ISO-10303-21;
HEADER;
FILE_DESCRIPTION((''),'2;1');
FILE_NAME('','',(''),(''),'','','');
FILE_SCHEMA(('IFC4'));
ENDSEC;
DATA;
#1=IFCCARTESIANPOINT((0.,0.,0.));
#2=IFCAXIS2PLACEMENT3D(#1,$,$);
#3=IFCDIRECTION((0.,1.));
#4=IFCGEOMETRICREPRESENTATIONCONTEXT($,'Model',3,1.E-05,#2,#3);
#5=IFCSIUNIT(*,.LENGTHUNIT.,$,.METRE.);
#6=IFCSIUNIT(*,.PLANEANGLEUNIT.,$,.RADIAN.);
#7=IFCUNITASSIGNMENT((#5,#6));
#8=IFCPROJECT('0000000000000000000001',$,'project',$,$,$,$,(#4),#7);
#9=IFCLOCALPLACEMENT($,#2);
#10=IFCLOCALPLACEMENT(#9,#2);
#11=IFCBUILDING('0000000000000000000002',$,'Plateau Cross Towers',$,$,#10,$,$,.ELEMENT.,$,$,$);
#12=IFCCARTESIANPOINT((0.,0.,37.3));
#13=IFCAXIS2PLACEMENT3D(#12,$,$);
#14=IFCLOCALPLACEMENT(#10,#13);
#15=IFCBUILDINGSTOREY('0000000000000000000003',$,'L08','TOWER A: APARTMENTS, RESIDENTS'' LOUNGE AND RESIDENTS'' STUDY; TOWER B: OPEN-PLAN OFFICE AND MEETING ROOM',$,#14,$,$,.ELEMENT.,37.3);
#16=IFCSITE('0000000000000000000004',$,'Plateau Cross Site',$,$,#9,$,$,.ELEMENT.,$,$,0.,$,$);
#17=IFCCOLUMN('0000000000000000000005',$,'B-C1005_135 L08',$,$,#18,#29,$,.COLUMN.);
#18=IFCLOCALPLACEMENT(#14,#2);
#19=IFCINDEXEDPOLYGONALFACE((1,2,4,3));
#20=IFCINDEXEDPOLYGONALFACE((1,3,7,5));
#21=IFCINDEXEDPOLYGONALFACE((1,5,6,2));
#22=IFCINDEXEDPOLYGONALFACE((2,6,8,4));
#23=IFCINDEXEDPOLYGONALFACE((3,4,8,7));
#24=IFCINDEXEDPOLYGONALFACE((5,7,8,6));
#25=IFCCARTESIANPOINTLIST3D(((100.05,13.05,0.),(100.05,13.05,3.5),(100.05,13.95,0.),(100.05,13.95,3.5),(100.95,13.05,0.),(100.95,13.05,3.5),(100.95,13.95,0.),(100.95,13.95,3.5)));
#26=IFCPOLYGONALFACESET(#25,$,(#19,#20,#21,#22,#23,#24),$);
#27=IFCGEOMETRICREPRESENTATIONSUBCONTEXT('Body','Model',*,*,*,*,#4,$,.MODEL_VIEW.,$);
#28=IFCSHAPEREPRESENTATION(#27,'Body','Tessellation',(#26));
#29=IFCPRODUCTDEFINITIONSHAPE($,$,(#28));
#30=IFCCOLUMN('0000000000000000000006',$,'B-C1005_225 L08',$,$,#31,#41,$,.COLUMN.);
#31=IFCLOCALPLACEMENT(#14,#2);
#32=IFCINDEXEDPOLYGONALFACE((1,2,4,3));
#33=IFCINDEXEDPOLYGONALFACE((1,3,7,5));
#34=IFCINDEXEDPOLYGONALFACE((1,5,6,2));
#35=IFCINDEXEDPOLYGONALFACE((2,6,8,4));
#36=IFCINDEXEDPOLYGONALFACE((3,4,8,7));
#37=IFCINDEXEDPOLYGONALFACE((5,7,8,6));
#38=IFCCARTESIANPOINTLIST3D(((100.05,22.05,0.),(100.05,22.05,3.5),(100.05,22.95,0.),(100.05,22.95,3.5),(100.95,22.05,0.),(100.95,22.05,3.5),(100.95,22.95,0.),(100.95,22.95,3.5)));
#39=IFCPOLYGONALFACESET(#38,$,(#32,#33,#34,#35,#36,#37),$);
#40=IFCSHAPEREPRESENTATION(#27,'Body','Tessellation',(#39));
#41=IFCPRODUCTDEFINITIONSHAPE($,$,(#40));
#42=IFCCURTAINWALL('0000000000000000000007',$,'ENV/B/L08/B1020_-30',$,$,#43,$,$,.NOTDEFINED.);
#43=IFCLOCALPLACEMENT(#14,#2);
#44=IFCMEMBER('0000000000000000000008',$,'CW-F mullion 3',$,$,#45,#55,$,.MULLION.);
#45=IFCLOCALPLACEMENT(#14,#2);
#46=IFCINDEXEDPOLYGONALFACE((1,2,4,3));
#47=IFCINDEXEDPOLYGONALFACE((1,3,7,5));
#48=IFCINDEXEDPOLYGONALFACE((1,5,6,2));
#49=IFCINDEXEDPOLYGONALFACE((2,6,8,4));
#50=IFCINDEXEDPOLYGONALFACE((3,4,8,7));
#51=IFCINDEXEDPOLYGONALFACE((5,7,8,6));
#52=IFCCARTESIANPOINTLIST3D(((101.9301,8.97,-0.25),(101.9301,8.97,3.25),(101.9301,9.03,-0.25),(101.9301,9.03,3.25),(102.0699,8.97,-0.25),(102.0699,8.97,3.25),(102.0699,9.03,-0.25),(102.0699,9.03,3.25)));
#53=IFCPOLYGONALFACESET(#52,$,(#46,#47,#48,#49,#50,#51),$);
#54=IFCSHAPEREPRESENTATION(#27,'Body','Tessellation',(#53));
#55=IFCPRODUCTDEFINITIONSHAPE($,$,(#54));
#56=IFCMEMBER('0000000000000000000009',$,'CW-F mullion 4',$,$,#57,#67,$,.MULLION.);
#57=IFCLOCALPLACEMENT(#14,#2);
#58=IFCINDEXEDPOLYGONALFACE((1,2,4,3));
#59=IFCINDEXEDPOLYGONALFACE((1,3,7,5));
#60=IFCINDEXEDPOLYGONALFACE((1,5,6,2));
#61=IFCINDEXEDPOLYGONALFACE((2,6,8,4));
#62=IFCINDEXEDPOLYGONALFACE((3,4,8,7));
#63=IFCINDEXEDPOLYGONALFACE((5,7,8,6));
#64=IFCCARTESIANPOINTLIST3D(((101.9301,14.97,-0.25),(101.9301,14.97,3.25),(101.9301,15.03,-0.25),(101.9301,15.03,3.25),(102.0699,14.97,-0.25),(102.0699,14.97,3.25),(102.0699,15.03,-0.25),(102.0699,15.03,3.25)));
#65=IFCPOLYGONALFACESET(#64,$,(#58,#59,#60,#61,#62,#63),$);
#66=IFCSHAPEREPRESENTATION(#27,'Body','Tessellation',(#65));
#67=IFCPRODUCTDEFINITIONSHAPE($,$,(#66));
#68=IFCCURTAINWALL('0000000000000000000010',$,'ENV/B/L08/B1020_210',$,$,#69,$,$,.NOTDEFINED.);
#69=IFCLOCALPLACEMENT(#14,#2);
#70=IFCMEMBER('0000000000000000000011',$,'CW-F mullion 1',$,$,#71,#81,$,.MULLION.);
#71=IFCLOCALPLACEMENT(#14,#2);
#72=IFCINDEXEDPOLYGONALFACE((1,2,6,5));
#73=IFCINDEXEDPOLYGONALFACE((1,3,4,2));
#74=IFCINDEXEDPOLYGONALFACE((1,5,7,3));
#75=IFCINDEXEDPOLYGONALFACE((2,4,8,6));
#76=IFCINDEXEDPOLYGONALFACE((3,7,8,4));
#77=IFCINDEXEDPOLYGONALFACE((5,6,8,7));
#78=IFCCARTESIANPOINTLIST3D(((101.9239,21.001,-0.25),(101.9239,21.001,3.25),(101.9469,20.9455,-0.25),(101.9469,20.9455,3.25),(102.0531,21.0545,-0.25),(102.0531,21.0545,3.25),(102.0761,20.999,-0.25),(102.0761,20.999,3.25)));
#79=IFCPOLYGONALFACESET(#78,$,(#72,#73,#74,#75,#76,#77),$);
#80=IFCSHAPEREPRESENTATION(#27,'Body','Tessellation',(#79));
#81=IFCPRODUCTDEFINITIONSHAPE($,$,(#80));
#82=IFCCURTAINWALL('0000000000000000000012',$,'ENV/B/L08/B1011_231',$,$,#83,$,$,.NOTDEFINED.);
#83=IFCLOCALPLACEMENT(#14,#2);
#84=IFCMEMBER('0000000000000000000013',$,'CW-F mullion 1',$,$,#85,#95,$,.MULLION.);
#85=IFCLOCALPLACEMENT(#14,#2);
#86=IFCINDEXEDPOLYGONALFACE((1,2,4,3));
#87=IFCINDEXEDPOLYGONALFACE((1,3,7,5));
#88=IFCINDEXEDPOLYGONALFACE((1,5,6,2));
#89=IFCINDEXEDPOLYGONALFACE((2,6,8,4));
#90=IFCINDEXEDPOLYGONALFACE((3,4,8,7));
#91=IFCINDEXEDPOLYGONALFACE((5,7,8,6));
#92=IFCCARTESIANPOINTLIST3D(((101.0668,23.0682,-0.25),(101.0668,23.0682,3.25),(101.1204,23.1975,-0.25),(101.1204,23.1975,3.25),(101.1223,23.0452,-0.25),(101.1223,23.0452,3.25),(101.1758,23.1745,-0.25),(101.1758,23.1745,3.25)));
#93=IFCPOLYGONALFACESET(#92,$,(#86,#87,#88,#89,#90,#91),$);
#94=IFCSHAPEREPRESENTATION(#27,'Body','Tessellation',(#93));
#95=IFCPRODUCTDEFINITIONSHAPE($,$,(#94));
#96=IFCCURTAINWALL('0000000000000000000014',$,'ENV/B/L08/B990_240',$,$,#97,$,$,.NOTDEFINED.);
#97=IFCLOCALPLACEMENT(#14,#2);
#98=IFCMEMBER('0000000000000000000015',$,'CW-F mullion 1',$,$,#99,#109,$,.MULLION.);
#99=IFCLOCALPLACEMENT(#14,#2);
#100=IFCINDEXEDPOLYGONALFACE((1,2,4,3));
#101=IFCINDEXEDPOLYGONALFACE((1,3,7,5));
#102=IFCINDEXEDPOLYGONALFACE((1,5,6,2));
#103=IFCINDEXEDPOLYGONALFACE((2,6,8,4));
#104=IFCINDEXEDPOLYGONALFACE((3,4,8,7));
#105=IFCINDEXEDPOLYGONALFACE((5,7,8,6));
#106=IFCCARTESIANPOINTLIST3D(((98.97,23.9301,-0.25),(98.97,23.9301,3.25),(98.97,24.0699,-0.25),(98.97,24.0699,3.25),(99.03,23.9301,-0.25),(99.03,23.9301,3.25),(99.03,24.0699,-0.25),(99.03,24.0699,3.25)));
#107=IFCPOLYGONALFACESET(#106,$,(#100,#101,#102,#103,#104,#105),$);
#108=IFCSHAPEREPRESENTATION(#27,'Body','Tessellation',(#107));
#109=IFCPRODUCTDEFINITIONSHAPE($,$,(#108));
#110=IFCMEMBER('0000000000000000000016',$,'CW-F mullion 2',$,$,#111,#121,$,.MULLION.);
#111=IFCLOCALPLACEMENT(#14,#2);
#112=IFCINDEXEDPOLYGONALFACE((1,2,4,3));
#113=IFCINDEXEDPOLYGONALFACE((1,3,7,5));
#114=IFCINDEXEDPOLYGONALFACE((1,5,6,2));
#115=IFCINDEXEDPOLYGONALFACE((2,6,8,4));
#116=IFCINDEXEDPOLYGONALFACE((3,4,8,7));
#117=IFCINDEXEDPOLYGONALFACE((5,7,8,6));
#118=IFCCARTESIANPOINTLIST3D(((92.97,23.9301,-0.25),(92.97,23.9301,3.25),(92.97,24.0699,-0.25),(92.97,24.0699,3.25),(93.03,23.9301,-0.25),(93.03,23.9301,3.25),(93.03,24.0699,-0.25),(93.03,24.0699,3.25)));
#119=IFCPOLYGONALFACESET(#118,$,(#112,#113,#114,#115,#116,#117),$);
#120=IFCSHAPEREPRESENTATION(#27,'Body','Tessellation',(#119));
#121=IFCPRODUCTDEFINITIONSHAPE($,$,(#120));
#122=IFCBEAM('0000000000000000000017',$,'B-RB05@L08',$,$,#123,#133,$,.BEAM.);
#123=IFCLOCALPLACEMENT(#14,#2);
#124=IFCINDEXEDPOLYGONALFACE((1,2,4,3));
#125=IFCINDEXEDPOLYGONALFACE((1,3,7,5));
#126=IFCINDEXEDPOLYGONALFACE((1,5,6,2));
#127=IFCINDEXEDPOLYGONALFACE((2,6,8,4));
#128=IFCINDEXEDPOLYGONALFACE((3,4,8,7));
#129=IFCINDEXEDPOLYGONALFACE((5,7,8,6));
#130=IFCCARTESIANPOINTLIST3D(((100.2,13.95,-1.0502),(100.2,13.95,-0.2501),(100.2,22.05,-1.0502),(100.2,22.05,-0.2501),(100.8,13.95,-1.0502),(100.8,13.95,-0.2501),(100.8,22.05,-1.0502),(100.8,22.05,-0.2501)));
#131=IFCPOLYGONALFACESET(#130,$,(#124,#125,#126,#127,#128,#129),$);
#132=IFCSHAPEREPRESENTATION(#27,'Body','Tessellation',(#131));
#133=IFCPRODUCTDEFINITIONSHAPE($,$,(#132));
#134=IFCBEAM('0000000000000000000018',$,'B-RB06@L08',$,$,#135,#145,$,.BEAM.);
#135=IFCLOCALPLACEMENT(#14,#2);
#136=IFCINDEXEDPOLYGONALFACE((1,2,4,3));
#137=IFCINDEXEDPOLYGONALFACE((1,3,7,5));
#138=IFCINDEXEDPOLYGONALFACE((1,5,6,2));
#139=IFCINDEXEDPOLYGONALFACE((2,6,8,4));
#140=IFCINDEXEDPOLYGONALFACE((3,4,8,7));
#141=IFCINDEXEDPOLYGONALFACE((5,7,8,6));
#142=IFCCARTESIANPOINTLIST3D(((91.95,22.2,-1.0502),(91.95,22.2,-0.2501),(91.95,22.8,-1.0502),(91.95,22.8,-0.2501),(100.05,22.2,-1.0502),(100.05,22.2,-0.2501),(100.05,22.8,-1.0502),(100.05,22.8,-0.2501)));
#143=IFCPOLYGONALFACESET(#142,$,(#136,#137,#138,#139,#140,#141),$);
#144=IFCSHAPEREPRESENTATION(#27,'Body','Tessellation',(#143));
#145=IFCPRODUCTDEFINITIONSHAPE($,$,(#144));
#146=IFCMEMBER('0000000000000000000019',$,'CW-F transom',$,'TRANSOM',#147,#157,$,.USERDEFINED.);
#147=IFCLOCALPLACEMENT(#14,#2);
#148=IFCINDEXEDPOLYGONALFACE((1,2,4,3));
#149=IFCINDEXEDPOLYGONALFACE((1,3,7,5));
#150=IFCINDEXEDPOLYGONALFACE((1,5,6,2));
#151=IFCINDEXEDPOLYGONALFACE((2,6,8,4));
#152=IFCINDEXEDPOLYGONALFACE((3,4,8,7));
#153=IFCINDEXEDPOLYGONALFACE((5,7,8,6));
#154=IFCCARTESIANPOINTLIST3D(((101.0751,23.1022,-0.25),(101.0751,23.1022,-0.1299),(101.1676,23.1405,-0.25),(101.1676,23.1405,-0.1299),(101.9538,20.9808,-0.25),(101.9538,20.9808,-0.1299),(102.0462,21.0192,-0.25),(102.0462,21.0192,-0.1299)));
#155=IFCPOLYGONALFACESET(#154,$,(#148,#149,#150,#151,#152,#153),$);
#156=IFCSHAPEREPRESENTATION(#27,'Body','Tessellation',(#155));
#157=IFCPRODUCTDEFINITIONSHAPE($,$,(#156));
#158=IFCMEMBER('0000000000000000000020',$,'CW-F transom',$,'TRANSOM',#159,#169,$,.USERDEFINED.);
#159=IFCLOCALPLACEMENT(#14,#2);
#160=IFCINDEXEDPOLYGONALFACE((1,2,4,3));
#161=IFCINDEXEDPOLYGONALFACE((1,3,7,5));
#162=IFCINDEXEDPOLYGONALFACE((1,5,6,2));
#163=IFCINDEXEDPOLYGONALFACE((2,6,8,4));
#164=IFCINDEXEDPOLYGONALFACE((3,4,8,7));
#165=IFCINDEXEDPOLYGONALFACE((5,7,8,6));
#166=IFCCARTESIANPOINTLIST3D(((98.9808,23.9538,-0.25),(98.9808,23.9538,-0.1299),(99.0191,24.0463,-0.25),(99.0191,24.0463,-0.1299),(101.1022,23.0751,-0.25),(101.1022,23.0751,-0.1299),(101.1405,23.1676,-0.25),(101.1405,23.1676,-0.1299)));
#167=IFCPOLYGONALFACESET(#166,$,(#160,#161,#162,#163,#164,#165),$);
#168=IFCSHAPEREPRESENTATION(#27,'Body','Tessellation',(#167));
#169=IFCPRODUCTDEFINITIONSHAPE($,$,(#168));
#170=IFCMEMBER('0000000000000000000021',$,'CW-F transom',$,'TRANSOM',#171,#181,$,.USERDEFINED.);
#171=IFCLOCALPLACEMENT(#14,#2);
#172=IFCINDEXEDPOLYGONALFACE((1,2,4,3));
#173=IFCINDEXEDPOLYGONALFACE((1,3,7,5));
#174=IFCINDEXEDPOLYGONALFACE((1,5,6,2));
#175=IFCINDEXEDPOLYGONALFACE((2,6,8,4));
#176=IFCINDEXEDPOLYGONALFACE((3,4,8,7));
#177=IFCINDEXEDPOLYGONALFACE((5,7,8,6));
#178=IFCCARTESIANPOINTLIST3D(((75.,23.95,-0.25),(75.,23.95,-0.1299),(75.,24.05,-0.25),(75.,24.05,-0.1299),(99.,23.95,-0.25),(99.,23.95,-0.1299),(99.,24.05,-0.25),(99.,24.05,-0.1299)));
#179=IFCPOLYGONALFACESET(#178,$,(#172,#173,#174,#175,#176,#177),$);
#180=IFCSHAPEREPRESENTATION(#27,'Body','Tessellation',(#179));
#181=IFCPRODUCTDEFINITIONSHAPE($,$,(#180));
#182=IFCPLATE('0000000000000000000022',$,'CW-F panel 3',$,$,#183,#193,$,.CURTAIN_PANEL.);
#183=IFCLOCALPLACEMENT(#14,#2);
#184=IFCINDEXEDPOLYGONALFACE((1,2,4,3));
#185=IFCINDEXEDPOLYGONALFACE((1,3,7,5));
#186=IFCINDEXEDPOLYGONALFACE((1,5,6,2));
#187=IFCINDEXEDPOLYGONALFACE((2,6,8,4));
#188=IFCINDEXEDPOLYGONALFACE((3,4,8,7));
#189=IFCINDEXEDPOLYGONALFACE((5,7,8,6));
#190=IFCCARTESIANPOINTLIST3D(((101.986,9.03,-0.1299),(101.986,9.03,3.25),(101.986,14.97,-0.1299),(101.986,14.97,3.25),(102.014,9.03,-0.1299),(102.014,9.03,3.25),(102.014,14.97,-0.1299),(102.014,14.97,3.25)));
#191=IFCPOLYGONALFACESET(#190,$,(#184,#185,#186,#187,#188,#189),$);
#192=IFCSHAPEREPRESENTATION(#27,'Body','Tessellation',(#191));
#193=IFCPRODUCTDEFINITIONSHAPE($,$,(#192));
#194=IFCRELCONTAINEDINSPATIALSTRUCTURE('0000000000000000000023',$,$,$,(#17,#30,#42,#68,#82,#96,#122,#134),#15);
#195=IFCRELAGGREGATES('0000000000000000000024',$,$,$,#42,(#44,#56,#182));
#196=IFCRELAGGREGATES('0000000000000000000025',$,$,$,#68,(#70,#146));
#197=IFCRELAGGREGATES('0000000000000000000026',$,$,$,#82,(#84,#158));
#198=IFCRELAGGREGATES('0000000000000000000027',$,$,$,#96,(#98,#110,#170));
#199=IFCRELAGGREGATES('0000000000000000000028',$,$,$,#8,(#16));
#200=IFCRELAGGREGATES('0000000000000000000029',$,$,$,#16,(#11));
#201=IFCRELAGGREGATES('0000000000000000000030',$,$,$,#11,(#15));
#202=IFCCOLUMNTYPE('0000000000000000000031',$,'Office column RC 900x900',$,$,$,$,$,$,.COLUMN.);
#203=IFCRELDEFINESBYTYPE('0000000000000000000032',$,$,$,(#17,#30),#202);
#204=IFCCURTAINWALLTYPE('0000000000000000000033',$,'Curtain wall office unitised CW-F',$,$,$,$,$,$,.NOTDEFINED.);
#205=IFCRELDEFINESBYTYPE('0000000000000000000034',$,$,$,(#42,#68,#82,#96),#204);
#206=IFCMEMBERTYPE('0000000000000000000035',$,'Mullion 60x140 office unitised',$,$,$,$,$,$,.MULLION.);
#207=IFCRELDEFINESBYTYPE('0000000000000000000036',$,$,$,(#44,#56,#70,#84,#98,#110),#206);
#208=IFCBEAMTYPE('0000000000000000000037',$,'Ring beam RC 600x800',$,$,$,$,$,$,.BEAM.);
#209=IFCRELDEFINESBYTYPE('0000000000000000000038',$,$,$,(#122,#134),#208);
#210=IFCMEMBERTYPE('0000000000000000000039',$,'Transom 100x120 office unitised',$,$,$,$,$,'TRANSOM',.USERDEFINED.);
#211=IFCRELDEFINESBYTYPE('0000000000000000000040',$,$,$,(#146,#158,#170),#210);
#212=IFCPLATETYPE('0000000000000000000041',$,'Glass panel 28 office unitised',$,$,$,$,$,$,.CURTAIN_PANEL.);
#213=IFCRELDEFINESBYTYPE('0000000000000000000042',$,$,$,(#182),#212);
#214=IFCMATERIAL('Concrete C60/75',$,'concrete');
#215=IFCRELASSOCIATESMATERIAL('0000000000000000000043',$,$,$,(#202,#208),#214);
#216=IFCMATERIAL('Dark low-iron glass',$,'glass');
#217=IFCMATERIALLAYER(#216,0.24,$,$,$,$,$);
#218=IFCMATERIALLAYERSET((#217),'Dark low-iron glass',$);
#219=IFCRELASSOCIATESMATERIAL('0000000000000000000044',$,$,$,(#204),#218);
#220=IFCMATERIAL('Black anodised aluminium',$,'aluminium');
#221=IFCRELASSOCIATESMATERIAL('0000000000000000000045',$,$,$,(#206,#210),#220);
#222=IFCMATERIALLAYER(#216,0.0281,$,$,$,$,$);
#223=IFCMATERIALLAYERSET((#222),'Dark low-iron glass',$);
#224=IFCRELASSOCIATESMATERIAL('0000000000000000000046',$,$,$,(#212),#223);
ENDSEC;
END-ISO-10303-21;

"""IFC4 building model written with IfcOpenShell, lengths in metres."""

from ifc_helpers import new_model, si_unit, direction, frame, origin, origin_2d, place, context, subcontext, project, spatial, rectangle, extrude, material, layer, layer_set, material_profile, profile_set, type_object, element, aggregate, save


model = new_model("IFC4")

# Units and contexts
model_context = context("Model", 3, precision=1e-05, world=origin(), true_north=direction((0.0, 1.0)))
body_context = subcontext(model_context, "Body", "Model", "MODEL_VIEW")
ifc_project = project(units=[si_unit("LENGTHUNIT", "METRE"), si_unit("PLANEANGLEUNIT", "RADIAN")], contexts=[model_context])

# Site, building, storey
site_placement = place(None, origin())
site = spatial("IfcSite", under=ifc_project, at=site_placement, Name="Plateau Cross Site", CompositionType="ELEMENT", RefElevation=0.0)
building_placement = place(site_placement, origin())
building = spatial("IfcBuilding", under=site, at=building_placement, Name="Plateau Cross Towers", CompositionType="ELEMENT")
storey_placement = place(building_placement, frame((0.0, 0.0, 37.3)))
storey = spatial("IfcBuildingStorey", under=building, at=storey_placement, Name="L08", Description="TOWER A: APARTMENTS, RESIDENTS' LOUNGE AND RESIDENTS' STUDY; TOWER B: OPEN-PLAN OFFICE AND MEETING ROOM", CompositionType="ELEMENT", Elevation=37.3)

# Columns
ifc_material_1 = material(Name="Concrete C60/75", Category="concrete")
ifc_material_profile_1 = material_profile(ifc_material_1, rectangle(XDim=0.8999, YDim=0.8999, at=origin_2d()), Name="RC 900x900")
ifc_profile_set_1 = profile_set([ifc_material_profile_1], Name="Concrete C60/75")
column_type = type_object("IfcColumnType", Name="Office column RC 900x900", PredefinedType="COLUMN", material=ifc_profile_set_1)
for number, where, z_axis, x_axis, name in (
    (1, (100.5, 13.5, 0.0), (0.0, 0.0, 1.0), (1.0, 0.0, 0.0), "B-C1005_135 L08"),
    (2, (100.5, 22.5, 0.0), (0.0, 0.0, 1.0), (1.0, 0.0, 0.0), "B-C1005_225 L08"),
):
    element("IfcColumn", number, at=place(storey_placement, frame(where, z_axis=z_axis, x_axis=x_axis)), inside=storey, type_object=column_type, Name=name, PredefinedType="COLUMN", context=body_context, shape_type="SweptSolid", body=[
        extrude(rectangle(XDim=0.8999, YDim=0.8999, at=origin_2d()), origin(), (0.0, 0.0, 1.0), 3.5),
    ])

# Curtain wall, members
ifc_material_2 = material(Name="Dark low-iron glass", Category="glass")
ifc_layer_1 = layer(ifc_material_2, 0.24)
ifc_layer_set_1 = layer_set([ifc_layer_1], Name="Dark low-iron glass")
curtain_wall_type = type_object("IfcCurtainWallType", Name="Curtain wall office unitised CW-F", PredefinedType="NOTDEFINED", material=ifc_layer_set_1)
curtain_wall_1_placement = place(storey_placement, origin())
curtain_wall_1 = element("IfcCurtainWall", 3, at=curtain_wall_1_placement, inside=storey, type_object=curtain_wall_type, Name="ENV/B/L08/B1020_-30", PredefinedType="NOTDEFINED")
ifc_material_3 = material(Name="Black anodised aluminium", Category="aluminium")
ifc_material_profile_2 = material_profile(ifc_material_3, rectangle(XDim=0.0601, YDim=0.1399, at=origin_2d()), Name="MULLION 60x140")
ifc_profile_set_2 = profile_set([ifc_material_profile_2], Name="Black anodised aluminium")
member_type_1 = type_object("IfcMemberType", Name="Mullion 60x140 office unitised", PredefinedType="MULLION", material=ifc_profile_set_2)
member_1_placement = place(storey_placement, frame((102.0, 9.0, -0.25), z_axis=(0.0, 0.0, 1.0), x_axis=(0.0, 1.0, 0.0)))
member_1 = element("IfcMember", 4, at=member_1_placement, type_object=member_type_1, Name="CW-F mullion 3", PredefinedType="MULLION", context=body_context, shape_type="SweptSolid", body=[
    extrude(rectangle(XDim=0.0601, YDim=0.1399, at=origin_2d()), origin(), (0.0, 0.0, 1.0), 3.5),
])
member_2_placement = place(storey_placement, frame((102.0, 15.0, -0.25), z_axis=(0.0, 0.0, 1.0), x_axis=(0.0, 1.0, 0.0)))
member_2 = element("IfcMember", 5, at=member_2_placement, type_object=member_type_1, Name="CW-F mullion 4", PredefinedType="MULLION", context=body_context, shape_type="SweptSolid", body=[
    extrude(rectangle(XDim=0.0601, YDim=0.1399, at=origin_2d()), origin(), (0.0, 0.0, 1.0), 3.5),
])

# Curtain walls, members
curtain_wall_2_placement = place(storey_placement, origin())
curtain_wall_2 = element("IfcCurtainWall", 6, at=curtain_wall_2_placement, inside=storey, type_object=curtain_wall_type, Name="ENV/B/L08/B1020_210", PredefinedType="NOTDEFINED")
member_3_placement = place(storey_placement, frame((102.0, 21.0, -0.25), z_axis=(0.0, 0.0, 1.0), x_axis=(-0.382684, 0.923879, 0.0)))
member_3 = element("IfcMember", 7, at=member_3_placement, type_object=member_type_1, Name="CW-F mullion 1", PredefinedType="MULLION", context=body_context, shape_type="SweptSolid", body=[
    extrude(rectangle(XDim=0.0601, YDim=0.1399, at=origin_2d()), origin(), (0.0, 0.0, 1.0), 3.5),
])
curtain_wall_3_placement = place(storey_placement, origin())
curtain_wall_3 = element("IfcCurtainWall", 8, at=curtain_wall_3_placement, inside=storey, type_object=curtain_wall_type, Name="ENV/B/L08/B1011_231", PredefinedType="NOTDEFINED")
member_4_placement = place(storey_placement, frame((101.1213, 23.1213, -0.25), z_axis=(0.0, 0.0, 1.0), x_axis=(-0.923879, 0.382684, 0.0)))
member_4 = element("IfcMember", 9, at=member_4_placement, type_object=member_type_1, Name="CW-F mullion 1", PredefinedType="MULLION", context=body_context, shape_type="SweptSolid", body=[
    extrude(rectangle(XDim=0.0601, YDim=0.1399, at=origin_2d()), origin(), (0.0, 0.0, 1.0), 3.5),
])

# Curtain wall, members
curtain_wall_4_placement = place(storey_placement, origin())
curtain_wall_4 = element("IfcCurtainWall", 10, at=curtain_wall_4_placement, inside=storey, type_object=curtain_wall_type, Name="ENV/B/L08/B990_240", PredefinedType="NOTDEFINED")
member_5_placement = place(storey_placement, frame((99.0, 24.0, -0.25), z_axis=(0.0, 0.0, 1.0), x_axis=(-1.0, 0.0, 0.0)))
member_5 = element("IfcMember", 11, at=member_5_placement, type_object=member_type_1, Name="CW-F mullion 1", PredefinedType="MULLION", context=body_context, shape_type="SweptSolid", body=[
    extrude(rectangle(XDim=0.0601, YDim=0.1399, at=origin_2d()), origin(), (0.0, 0.0, 1.0), 3.5),
])
member_6_placement = place(storey_placement, frame((93.0, 24.0, -0.25), z_axis=(0.0, 0.0, 1.0), x_axis=(-1.0, 0.0, 0.0)))
member_6 = element("IfcMember", 12, at=member_6_placement, type_object=member_type_1, Name="CW-F mullion 2", PredefinedType="MULLION", context=body_context, shape_type="SweptSolid", body=[
    extrude(rectangle(XDim=0.0601, YDim=0.1399, at=origin_2d()), origin(), (0.0, 0.0, 1.0), 3.5),
])

# Beams
ifc_material_profile_3 = material_profile(ifc_material_1, rectangle(XDim=0.6001, YDim=0.8, at=origin_2d()), Name="RC 600x800")
ifc_profile_set_3 = profile_set([ifc_material_profile_3], Name="Concrete C60/75")
beam_type = type_object("IfcBeamType", Name="Ring beam RC 600x800", PredefinedType="BEAM", material=ifc_profile_set_3)
for number, where, z_axis, x_axis, name in (
    (13, (100.5, 13.95, -0.6501), (0.0, 1.0, 0.0), (-1.0, 0.0, 0.0), "B-RB05@L08"),
    (14, (100.05, 22.5, -0.6501), (-1.0, 0.0, 0.0), (0.0, -1.0, 0.0), "B-RB06@L08"),
):
    element("IfcBeam", number, at=place(storey_placement, frame(where, z_axis=z_axis, x_axis=x_axis)), inside=storey, type_object=beam_type, Name=name, PredefinedType="BEAM", context=body_context, shape_type="SweptSolid", body=[
        extrude(rectangle(XDim=0.6001, YDim=0.8, at=origin_2d()), origin(), (0.0, 0.0, 1.0), 8.1001),
    ])

# Members
ifc_material_profile_4 = material_profile(ifc_material_3, rectangle(XDim=0.1001, YDim=0.1201, at=origin_2d()), Name="TRANSOM 100x120")
ifc_profile_set_4 = profile_set([ifc_material_profile_4], Name="Black anodised aluminium")
member_type_2 = type_object("IfcMemberType", Name="Transom 100x120 office unitised", ElementType="TRANSOM", PredefinedType="USERDEFINED", material=ifc_profile_set_4)
member_7_placement = place(storey_placement, frame((102.0, 21.0, -0.1899), z_axis=(-0.382674, 0.923883, 0.0), x_axis=(-0.923883, -0.382674, 0.0)))
member_7 = element("IfcMember", 15, at=member_7_placement, type_object=member_type_2, Name="CW-F transom", ObjectType="TRANSOM", PredefinedType="USERDEFINED", context=body_context, shape_type="SweptSolid", body=[
    extrude(rectangle(XDim=0.1001, YDim=0.1201, at=origin_2d()), origin(), (0.0, 0.0, 1.0), 2.2961),
])
member_8_placement = place(storey_placement, frame((101.1213, 23.1213, -0.1899), z_axis=(-0.923883, 0.382674, 0.0), x_axis=(-0.382674, -0.923883, 0.0)))
member_8 = element("IfcMember", 16, at=member_8_placement, type_object=member_type_2, Name="CW-F transom", ObjectType="TRANSOM", PredefinedType="USERDEFINED", context=body_context, shape_type="SweptSolid", body=[
    extrude(rectangle(XDim=0.1001, YDim=0.1201, at=origin_2d()), origin(), (0.0, 0.0, 1.0), 2.2961),
])
member_9_placement = place(storey_placement, frame((99.0, 24.0, -0.1899), z_axis=(-1.0, 0.0, 0.0), x_axis=(0.0, -1.0, 0.0)))
member_9 = element("IfcMember", 17, at=member_9_placement, type_object=member_type_2, Name="CW-F transom", ObjectType="TRANSOM", PredefinedType="USERDEFINED", context=body_context, shape_type="SweptSolid", body=[
    extrude(rectangle(XDim=0.1001, YDim=0.1201, at=origin_2d()), origin(), (0.0, 0.0, 1.0), 24.0),
])

# Plate
ifc_layer_2 = layer(ifc_material_2, 0.0281)
ifc_layer_set_2 = layer_set([ifc_layer_2], Name="Dark low-iron glass")
plate_type = type_object("IfcPlateType", Name="Glass panel 28 office unitised", PredefinedType="CURTAIN_PANEL", material=ifc_layer_set_2)
plate_1_placement = place(storey_placement, frame((102.0, 12.0, -0.1299), z_axis=(0.0, 0.0, 1.0), x_axis=(0.0, 1.0, 0.0)))
plate_1 = element("IfcPlate", 18, at=plate_1_placement, type_object=plate_type, Name="CW-F panel 3", PredefinedType="CURTAIN_PANEL", context=body_context, shape_type="SweptSolid", body=[
    extrude(rectangle(XDim=5.9399, YDim=0.0281, at=origin_2d()), origin(), (0.0, 0.0, 1.0), 3.3799),
])
aggregate(curtain_wall_1, [member_1, member_2, plate_1])
aggregate(curtain_wall_2, [member_3, member_7])
aggregate(curtain_wall_3, [member_4, member_8])
aggregate(curtain_wall_4, [member_5, member_6, member_9])

save(model, "model.ifc")
